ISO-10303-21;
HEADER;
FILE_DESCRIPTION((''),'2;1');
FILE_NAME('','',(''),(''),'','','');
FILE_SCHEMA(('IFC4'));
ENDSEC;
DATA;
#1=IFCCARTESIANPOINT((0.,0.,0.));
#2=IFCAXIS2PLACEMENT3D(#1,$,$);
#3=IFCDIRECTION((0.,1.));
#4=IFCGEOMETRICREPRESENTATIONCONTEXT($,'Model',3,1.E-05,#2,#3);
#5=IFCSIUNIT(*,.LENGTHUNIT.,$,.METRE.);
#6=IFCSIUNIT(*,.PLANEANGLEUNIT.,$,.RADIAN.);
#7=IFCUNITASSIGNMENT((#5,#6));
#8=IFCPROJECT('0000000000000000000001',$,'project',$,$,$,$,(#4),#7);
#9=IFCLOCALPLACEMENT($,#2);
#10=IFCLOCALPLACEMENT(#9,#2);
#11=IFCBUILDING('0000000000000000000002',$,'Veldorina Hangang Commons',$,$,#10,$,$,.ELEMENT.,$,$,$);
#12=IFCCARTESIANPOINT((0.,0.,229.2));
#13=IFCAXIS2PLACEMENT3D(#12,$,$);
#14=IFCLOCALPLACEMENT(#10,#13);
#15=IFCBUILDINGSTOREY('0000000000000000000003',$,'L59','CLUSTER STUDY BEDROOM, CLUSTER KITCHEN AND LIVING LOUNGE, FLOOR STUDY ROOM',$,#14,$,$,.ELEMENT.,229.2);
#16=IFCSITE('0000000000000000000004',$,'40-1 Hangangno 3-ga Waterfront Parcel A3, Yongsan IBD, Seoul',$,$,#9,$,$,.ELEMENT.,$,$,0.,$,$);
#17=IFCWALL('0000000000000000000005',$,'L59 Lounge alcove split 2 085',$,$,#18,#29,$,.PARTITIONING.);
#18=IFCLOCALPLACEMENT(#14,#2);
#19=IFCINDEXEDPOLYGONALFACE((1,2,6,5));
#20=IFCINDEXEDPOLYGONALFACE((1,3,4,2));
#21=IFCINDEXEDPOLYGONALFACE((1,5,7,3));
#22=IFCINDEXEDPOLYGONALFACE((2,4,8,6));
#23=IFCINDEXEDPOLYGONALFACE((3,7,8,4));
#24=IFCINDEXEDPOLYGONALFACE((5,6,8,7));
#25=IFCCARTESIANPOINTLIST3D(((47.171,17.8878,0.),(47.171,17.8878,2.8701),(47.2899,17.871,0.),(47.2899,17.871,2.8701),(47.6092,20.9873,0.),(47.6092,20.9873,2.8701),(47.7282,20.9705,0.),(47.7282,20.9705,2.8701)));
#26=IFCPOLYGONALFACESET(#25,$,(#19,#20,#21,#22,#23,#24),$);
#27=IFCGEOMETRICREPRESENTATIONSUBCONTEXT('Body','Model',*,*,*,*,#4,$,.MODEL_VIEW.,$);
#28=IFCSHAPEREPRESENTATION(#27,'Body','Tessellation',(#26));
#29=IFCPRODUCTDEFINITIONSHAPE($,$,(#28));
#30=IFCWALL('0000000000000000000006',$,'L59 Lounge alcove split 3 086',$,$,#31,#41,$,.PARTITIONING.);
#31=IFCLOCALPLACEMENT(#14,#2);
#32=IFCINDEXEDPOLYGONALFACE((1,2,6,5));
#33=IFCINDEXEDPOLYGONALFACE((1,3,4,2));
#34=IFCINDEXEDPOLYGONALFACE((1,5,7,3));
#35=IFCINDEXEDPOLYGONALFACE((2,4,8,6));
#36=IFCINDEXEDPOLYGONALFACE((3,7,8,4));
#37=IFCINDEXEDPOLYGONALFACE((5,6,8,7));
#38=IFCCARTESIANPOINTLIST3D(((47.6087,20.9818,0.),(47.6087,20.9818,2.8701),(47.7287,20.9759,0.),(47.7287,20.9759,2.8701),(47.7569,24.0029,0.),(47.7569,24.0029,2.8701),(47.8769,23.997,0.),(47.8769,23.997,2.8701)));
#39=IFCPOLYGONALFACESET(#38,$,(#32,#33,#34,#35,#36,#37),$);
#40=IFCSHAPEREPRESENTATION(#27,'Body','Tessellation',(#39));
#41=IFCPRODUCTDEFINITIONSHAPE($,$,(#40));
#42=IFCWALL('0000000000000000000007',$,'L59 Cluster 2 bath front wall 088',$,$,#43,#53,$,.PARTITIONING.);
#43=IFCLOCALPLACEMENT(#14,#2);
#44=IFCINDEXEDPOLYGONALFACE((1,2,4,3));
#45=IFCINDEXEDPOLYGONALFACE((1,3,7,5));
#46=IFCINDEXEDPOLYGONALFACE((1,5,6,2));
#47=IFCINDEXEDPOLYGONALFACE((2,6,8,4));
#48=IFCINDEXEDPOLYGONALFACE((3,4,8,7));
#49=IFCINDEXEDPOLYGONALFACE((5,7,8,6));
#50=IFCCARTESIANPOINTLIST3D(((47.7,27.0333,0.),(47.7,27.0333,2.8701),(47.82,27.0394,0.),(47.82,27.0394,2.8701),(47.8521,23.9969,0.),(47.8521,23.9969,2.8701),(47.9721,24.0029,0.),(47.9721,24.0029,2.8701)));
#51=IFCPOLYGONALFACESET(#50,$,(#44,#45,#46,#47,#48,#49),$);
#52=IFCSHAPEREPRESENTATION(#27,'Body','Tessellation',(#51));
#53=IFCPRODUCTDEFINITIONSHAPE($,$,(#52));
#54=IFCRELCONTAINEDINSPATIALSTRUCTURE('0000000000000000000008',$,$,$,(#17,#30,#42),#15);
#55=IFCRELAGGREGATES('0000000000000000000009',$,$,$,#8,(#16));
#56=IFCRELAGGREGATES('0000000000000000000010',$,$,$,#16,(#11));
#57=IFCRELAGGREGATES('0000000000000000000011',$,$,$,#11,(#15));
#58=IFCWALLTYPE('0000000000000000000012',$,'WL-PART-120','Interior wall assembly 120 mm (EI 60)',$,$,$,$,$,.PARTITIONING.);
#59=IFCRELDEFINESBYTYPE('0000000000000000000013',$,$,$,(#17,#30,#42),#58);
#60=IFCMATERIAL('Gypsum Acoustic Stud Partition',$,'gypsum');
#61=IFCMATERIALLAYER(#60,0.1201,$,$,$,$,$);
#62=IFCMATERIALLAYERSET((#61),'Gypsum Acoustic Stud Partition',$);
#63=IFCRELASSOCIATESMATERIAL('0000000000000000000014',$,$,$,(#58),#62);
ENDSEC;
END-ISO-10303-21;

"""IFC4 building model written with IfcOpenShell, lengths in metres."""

from ifc_helpers import new_model, si_unit, direction, frame, frame_2d, origin, place, context, subcontext, project, spatial, rectangle, extrude, material, layer, layer_set, type_object, element, save


model = new_model("IFC4")

# Units and contexts
model_context = context("Model", 3, precision=1e-05, world=origin(), true_north=direction((0.0, 1.0)))
body_context = subcontext(model_context, "Body", "Model", "MODEL_VIEW")
ifc_project = project(units=[si_unit("LENGTHUNIT", "METRE"), si_unit("PLANEANGLEUNIT", "RADIAN")], contexts=[model_context])

# Site, building, storey
site_placement = place(None, origin())
site = spatial("IfcSite", under=ifc_project, at=site_placement, Name="40-1 Hangangno 3-ga Waterfront Parcel A3, Yongsan IBD, Seoul", CompositionType="ELEMENT", RefElevation=0.0)
building_placement = place(site_placement, origin())
building = spatial("IfcBuilding", under=site, at=building_placement, Name="Veldorina Hangang Commons", CompositionType="ELEMENT")
storey_placement = place(building_placement, frame((0.0, 0.0, 229.2)))
storey = spatial("IfcBuildingStorey", under=building, at=storey_placement, Name="L59", Description="CLUSTER STUDY BEDROOM, CLUSTER KITCHEN AND LIVING LOUNGE, FLOOR STUDY ROOM", CompositionType="ELEMENT", Elevation=229.2)

# Walls
ifc_material_1 = material(Name="Gypsum Acoustic Stud Partition", Category="gypsum")
ifc_layer_1 = layer(ifc_material_1, 0.1201)
ifc_layer_set_1 = layer_set([ifc_layer_1], Name="Gypsum Acoustic Stud Partition")
wall_type_1 = type_object("IfcWallType", Name="WL-PART-120", Description="Interior wall assembly 120 mm (EI 60)", PredefinedType="PARTITIONING", material=ifc_layer_set_1)
wall_1_placement = place(storey_placement, frame((47.2305, 17.8794, 0.0), z_axis=(0.0, 0.0, 1.0), x_axis=(0.139991, 0.990153, 0.0)))
element("IfcWall", 1, at=wall_1_placement, inside=storey, type_object=wall_type_1, Name="L59 Lounge alcove split 2 085", PredefinedType="PARTITIONING", context=body_context, shape_type="SweptSolid", body=[
    extrude(rectangle(XDim=3.1304, YDim=0.1201, at=frame_2d((1.5652, 0.0))), origin(), (0.0, 0.0, 1.0), 2.8701),
])
wall_2_placement = place(storey_placement, frame((47.6687, 20.979, 0.0), z_axis=(0.0, 0.0, 1.0), x_axis=(0.048996, 0.998799, 0.0)))
element("IfcWall", 2, at=wall_2_placement, inside=storey, type_object=wall_type_1, Name="L59 Lounge alcove split 3 086", PredefinedType="PARTITIONING", context=body_context, shape_type="SweptSolid", body=[
    extrude(rectangle(XDim=3.0247, YDim=0.1201, at=frame_2d((1.5122, 0.0))), origin(), (0.0, 0.0, 1.0), 2.8701),
])
wall_3_placement = place(storey_placement, frame((47.9121, 24.0, 0.0), z_axis=(0.0, 0.0, 1.0), x_axis=(-0.05003, 0.998748, 0.0)))
element("IfcWall", 3, at=wall_3_placement, inside=storey, type_object=wall_type_1, Name="L59 Cluster 2 bath front wall 088", PredefinedType="PARTITIONING", context=body_context, shape_type="SweptSolid", body=[
    extrude(rectangle(XDim=3.0403, YDim=0.1201, at=frame_2d((1.52, 0.0))), origin(), (0.0, 0.0, 1.0), 2.8701),
])

save(model, "model.ifc")
